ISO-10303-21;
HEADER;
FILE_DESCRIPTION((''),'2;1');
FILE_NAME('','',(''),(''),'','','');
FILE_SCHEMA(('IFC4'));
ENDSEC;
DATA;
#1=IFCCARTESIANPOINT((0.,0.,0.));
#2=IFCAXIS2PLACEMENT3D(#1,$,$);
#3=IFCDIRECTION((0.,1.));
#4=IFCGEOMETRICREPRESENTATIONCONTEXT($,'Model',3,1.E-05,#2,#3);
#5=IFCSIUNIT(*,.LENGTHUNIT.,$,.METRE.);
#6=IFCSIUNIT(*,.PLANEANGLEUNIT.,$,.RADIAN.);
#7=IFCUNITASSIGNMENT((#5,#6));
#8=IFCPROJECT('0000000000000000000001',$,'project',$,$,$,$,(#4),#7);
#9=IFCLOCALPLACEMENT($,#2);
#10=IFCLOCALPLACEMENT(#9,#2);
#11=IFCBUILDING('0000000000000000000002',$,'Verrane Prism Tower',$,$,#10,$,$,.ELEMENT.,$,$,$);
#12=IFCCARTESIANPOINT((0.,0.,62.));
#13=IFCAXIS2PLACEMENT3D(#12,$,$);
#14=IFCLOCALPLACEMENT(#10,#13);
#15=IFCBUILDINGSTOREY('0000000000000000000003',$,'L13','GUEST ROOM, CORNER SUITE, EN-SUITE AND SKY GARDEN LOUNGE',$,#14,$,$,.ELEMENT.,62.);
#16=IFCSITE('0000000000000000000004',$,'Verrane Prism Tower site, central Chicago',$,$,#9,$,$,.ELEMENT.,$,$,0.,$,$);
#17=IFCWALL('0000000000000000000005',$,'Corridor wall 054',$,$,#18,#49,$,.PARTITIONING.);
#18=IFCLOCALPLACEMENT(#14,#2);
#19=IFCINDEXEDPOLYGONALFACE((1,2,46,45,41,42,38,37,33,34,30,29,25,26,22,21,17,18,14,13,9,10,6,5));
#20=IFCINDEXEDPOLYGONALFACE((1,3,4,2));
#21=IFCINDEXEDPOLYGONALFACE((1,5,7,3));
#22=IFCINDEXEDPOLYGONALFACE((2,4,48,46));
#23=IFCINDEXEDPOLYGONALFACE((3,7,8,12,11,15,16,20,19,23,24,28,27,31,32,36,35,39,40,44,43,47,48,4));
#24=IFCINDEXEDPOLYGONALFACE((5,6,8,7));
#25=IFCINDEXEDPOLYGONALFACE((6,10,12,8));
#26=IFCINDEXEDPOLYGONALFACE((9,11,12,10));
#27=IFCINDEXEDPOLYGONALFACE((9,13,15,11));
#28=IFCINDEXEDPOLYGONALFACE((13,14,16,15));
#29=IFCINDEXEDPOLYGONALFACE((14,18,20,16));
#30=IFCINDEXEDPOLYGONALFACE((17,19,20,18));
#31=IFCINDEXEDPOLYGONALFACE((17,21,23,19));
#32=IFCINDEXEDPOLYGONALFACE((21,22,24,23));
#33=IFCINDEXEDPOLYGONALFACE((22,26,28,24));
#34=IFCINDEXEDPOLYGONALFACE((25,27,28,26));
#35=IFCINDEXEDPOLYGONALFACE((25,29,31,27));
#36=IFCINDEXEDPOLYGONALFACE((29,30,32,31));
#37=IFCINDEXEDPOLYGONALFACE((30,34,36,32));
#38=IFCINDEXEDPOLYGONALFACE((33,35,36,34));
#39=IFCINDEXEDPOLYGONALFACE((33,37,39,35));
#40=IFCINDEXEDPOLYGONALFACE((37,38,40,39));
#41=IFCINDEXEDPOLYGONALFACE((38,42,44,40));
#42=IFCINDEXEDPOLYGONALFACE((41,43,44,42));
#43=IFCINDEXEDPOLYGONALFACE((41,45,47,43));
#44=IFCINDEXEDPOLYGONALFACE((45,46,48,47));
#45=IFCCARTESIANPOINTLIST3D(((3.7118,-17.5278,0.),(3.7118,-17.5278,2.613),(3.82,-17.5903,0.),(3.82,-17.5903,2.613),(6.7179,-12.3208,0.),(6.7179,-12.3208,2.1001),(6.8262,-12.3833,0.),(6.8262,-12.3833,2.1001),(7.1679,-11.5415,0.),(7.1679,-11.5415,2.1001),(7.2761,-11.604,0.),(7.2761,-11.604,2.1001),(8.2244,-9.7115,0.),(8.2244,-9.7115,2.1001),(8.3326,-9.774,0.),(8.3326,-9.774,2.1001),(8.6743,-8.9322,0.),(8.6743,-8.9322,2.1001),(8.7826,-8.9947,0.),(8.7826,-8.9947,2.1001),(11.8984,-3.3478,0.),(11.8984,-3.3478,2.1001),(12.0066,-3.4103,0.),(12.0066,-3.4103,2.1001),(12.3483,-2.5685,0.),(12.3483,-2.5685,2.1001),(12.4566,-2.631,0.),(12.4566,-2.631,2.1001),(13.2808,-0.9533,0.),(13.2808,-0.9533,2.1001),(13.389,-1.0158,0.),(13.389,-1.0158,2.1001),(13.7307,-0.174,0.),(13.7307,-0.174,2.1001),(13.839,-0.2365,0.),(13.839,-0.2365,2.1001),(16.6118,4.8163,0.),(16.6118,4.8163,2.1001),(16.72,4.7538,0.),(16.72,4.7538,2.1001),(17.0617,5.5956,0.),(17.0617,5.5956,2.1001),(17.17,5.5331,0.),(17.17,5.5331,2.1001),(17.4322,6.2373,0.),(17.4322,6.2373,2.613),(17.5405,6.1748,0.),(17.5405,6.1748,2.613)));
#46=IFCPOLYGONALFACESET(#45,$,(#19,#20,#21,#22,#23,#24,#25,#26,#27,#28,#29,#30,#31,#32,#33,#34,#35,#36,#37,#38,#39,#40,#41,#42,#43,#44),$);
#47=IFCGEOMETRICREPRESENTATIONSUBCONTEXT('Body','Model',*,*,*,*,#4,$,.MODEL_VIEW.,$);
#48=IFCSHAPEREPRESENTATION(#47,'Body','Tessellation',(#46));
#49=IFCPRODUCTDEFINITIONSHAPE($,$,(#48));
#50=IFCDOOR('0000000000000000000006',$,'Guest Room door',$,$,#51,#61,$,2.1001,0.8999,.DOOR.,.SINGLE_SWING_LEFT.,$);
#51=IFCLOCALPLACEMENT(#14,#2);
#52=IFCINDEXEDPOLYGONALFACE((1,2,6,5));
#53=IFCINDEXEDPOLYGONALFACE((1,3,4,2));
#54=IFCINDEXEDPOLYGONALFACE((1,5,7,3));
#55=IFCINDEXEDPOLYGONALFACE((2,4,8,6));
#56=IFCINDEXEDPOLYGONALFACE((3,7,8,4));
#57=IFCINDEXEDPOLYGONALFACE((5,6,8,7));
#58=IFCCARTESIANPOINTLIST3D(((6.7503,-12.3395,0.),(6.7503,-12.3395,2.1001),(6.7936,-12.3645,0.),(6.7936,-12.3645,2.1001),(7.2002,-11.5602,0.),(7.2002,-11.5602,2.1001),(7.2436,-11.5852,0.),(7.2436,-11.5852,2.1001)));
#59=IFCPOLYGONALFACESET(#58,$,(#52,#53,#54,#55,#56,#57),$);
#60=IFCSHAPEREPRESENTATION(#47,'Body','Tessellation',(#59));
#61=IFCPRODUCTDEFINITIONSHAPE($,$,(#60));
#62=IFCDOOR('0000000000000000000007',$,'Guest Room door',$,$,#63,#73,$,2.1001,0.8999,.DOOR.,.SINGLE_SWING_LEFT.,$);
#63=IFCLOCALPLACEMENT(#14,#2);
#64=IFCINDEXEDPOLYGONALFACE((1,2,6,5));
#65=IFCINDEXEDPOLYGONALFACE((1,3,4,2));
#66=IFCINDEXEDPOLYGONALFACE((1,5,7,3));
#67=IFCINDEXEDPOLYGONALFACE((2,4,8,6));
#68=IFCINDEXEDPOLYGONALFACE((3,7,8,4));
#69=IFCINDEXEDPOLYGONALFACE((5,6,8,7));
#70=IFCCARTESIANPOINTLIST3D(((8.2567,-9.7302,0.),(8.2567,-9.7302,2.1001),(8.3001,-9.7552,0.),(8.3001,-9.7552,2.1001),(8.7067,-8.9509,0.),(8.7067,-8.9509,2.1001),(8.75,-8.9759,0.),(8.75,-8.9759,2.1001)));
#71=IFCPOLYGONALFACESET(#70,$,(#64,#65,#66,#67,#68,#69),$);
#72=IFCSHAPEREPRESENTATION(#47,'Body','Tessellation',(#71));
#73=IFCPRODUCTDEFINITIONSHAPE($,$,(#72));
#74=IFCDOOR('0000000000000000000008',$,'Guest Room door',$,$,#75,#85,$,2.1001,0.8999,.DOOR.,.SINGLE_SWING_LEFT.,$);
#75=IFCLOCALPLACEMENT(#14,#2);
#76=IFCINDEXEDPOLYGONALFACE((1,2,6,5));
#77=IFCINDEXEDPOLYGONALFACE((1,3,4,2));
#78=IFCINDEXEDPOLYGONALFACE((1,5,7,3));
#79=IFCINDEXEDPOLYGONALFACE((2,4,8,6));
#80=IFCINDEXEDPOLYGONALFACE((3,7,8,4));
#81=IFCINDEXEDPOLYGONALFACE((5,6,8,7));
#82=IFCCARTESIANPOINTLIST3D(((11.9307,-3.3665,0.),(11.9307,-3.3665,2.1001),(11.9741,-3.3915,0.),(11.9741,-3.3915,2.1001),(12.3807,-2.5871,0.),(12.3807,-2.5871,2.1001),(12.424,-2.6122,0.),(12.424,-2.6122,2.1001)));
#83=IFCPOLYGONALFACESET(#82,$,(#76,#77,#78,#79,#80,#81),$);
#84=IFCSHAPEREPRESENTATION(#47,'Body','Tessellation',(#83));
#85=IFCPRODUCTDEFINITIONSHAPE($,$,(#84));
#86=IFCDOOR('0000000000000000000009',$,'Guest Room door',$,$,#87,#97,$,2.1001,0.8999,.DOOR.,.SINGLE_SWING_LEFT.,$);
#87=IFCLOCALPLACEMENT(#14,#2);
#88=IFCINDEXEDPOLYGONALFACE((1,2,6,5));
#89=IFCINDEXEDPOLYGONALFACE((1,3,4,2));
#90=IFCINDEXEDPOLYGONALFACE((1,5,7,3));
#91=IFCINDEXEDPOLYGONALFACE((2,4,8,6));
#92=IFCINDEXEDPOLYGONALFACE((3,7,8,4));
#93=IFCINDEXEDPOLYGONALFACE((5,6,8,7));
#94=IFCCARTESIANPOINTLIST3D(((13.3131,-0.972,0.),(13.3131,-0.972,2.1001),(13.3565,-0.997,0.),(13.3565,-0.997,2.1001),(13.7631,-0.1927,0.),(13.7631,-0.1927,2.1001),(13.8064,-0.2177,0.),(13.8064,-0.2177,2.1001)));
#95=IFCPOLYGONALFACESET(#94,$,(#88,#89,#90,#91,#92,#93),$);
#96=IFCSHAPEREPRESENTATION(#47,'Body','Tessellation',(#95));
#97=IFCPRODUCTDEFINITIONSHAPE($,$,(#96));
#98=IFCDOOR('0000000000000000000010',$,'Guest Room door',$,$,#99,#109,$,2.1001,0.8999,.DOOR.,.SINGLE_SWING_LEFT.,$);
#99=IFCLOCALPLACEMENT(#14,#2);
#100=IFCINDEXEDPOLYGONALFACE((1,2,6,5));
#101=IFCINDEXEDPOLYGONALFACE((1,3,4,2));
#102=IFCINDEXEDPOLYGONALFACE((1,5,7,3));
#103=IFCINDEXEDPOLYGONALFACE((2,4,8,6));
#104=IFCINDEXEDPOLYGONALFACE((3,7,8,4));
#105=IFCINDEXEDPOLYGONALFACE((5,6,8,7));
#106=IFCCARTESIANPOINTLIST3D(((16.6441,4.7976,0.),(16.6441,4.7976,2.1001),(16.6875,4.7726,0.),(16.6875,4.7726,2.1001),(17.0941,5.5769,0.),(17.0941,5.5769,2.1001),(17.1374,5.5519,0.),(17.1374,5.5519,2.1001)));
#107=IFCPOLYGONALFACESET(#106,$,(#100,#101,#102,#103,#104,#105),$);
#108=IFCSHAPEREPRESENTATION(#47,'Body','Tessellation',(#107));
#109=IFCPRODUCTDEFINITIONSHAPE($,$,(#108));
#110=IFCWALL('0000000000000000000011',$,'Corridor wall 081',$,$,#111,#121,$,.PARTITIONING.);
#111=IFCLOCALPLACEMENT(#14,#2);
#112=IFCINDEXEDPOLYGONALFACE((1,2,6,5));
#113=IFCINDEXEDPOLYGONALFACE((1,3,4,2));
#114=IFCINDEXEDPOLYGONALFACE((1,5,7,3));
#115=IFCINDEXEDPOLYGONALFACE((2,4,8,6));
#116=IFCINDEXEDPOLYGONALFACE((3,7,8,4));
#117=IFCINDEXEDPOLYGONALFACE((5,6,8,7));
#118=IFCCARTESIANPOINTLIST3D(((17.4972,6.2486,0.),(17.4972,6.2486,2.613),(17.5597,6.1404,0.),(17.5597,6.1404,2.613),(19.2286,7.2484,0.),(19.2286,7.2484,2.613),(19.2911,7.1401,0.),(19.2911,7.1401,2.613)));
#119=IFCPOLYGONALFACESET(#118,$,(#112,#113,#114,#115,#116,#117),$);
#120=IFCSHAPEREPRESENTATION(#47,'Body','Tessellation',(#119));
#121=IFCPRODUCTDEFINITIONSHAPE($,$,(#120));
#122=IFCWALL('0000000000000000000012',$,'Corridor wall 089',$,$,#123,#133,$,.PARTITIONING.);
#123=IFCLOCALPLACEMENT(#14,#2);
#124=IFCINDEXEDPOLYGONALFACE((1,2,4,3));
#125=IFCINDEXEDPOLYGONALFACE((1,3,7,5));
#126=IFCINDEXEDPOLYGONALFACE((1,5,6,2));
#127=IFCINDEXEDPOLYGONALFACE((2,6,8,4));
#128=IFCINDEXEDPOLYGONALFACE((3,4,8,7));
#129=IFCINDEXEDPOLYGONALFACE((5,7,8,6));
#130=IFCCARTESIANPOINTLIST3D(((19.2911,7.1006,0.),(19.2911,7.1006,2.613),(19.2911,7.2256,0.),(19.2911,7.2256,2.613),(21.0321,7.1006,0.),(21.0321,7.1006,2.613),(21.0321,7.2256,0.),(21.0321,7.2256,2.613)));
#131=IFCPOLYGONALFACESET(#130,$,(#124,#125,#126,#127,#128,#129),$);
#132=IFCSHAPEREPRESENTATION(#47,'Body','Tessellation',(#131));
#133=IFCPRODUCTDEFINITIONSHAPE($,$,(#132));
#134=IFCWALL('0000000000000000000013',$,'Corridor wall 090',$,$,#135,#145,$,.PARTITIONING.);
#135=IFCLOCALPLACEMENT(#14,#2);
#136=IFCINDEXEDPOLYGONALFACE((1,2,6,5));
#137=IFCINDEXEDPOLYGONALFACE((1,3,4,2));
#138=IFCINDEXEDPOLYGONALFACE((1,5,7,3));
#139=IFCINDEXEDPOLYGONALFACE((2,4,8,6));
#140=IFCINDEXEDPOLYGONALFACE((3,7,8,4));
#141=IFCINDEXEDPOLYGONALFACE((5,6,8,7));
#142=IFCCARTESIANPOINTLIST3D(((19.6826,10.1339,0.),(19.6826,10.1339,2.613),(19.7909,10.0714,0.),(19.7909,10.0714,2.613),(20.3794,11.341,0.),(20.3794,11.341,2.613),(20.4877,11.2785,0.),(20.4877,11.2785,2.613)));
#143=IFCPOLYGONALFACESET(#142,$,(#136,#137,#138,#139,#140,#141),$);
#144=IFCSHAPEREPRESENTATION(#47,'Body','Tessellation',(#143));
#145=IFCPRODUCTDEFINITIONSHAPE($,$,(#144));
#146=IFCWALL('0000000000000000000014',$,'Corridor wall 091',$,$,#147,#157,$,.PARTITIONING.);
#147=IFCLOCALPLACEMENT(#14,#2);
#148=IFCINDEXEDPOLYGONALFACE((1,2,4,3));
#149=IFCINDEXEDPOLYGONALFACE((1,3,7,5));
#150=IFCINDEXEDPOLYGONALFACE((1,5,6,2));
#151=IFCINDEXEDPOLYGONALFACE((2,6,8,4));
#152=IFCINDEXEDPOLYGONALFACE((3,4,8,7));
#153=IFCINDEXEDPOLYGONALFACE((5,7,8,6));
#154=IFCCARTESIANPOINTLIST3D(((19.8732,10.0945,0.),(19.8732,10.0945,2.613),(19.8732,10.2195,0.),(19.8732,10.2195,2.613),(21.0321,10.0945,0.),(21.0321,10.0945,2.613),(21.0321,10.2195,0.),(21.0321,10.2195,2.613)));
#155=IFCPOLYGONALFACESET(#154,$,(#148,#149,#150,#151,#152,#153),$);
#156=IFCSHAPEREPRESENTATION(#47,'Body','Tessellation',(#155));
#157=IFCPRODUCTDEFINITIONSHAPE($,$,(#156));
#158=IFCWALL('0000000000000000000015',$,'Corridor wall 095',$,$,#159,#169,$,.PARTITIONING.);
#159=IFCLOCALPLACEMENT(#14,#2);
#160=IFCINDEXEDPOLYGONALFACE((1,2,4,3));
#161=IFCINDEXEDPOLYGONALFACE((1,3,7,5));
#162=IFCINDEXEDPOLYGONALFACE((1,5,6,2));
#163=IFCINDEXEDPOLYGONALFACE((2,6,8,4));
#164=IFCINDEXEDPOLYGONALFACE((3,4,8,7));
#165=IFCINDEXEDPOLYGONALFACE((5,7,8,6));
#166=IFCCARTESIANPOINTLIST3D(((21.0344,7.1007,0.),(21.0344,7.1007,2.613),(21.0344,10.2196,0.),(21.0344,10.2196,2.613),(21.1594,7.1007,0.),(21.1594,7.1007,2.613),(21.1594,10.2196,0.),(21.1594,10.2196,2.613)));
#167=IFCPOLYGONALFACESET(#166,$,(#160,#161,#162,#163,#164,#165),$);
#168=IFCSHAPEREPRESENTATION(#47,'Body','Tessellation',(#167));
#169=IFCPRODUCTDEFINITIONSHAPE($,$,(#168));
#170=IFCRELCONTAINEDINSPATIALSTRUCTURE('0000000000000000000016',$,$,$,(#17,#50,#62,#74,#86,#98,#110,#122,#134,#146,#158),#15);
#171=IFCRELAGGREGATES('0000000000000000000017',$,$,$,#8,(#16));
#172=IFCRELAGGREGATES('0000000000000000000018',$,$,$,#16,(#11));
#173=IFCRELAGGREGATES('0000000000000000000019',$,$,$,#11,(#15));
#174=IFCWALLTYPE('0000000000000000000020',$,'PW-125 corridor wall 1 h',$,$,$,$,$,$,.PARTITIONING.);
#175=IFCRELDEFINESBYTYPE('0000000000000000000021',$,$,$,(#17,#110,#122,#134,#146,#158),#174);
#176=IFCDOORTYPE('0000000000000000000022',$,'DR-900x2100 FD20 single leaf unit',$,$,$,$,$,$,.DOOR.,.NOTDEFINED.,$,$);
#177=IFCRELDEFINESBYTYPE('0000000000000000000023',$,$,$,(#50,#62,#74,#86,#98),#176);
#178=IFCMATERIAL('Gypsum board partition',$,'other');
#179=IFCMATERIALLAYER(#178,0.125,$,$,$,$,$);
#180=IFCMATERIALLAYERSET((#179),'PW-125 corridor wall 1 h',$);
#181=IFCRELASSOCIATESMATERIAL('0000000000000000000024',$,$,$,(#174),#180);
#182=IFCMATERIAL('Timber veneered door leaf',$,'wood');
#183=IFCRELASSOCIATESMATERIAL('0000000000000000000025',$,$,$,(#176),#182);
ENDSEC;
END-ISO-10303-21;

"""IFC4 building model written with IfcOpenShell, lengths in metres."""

from ifc_helpers import new_model, si_unit, direction, frame, frame_2d, origin, place, context, subcontext, project, spatial, rectangle, extrude, material, layer, layer_set, type_object, element, fill, save


model = new_model("IFC4")

# Units and contexts
model_context = context("Model", 3, precision=1e-05, world=origin(), true_north=direction((0.0, 1.0)))
body_context = subcontext(model_context, "Body", "Model", "MODEL_VIEW")
ifc_project = project(units=[si_unit("LENGTHUNIT", "METRE"), si_unit("PLANEANGLEUNIT", "RADIAN")], contexts=[model_context])

# Site, building, storey
site_placement = place(None, origin())
site = spatial("IfcSite", under=ifc_project, at=site_placement, Name="Verrane Prism Tower site, central Chicago", CompositionType="ELEMENT", RefElevation=0.0)
building_placement = place(site_placement, origin())
building = spatial("IfcBuilding", under=site, at=building_placement, Name="Verrane Prism Tower", CompositionType="ELEMENT")
storey_placement = place(building_placement, frame((0.0, 0.0, 62.0)))
storey = spatial("IfcBuildingStorey", under=building, at=storey_placement, Name="L13", Description="GUEST ROOM, CORNER SUITE, EN-SUITE AND SKY GARDEN LOUNGE", CompositionType="ELEMENT", Elevation=62.0)

# Wall, openings, doors
ifc_material_1 = material(Name="Gypsum board partition", Category="other")
ifc_layer_1 = layer(ifc_material_1, 0.125)
ifc_layer_set_1 = layer_set([ifc_layer_1], Name="PW-125 corridor wall 1 h")
wall_type_1 = type_object("IfcWallType", Name="PW-125 corridor wall 1 h", PredefinedType="PARTITIONING", material=ifc_layer_set_1)
wall_1_placement = place(storey_placement, frame((17.4863, 6.2061, 0.0), z_axis=(0.0, 0.0, 1.0), x_axis=(-0.49999, -0.866031, 0.0)))
wall_1 = element("IfcWall", 1, at=wall_1_placement, inside=storey, type_object=wall_type_1, Name="Corridor wall 054", PredefinedType="PARTITIONING", context=body_context, shape_type="SweptSolid", body=[
    extrude(rectangle(XDim=27.4414, YDim=0.125, at=frame_2d((13.7207, 0.0))), origin(), (0.0, 0.0, 1.0), 2.613),
])
opening_1_placement = place(wall_1_placement, frame((20.5291, 0.0, 0.0)))
opening_1 = element("IfcOpeningElement", 2, at=opening_1_placement, cuts=wall_1, PredefinedType="OPENING", context=body_context, shape_type="SweptSolid", body=[
    extrude(rectangle(XDim=0.8999, YDim=2.1001, at=frame_2d((0.45, 1.05))), frame((0.0, 0.0725, 0.0), z_axis=(0.0, -1.0, 0.0), x_axis=(1.0, 0.0, 0.0)), (0.0, 0.0, 1.0), 0.145),
])
opening_2_placement = place(wall_1_placement, frame((17.5161, 0.0, 0.0)))
opening_2 = element("IfcOpeningElement", 3, at=opening_2_placement, cuts=wall_1, PredefinedType="OPENING", context=body_context, shape_type="SweptSolid", body=[
    extrude(rectangle(XDim=0.8999, YDim=2.1001, at=frame_2d((0.45, 1.05))), frame((0.0, 0.0725, 0.0), z_axis=(0.0, -1.0, 0.0), x_axis=(1.0, 0.0, 0.0)), (0.0, 0.0, 1.0), 0.145),
])
opening_3_placement = place(wall_1_placement, frame((10.168, 0.0, 0.0)))
opening_3 = element("IfcOpeningElement", 4, at=opening_3_placement, cuts=wall_1, PredefinedType="OPENING", context=body_context, shape_type="SweptSolid", body=[
    extrude(rectangle(XDim=0.8999, YDim=2.1001, at=frame_2d((0.45, 1.05))), frame((0.0, 0.0725, 0.0), z_axis=(0.0, -1.0, 0.0), x_axis=(1.0, 0.0, 0.0)), (0.0, 0.0, 1.0), 0.145),
])
opening_4_placement = place(wall_1_placement, frame((7.4031, 0.0, 0.0)))
opening_4 = element("IfcOpeningElement", 5, at=opening_4_placement, cuts=wall_1, PredefinedType="OPENING", context=body_context, shape_type="SweptSolid", body=[
    extrude(rectangle(XDim=0.8999, YDim=2.1001, at=frame_2d((0.45, 1.05))), frame((0.0, 0.0725, 0.0), z_axis=(0.0, -1.0, 0.0), x_axis=(1.0, 0.0, 0.0)), (0.0, 0.0, 1.0), 0.145),
])
opening_5_placement = place(wall_1_placement, frame((0.741, 0.0, 0.0)))
opening_5 = element("IfcOpeningElement", 6, at=opening_5_placement, cuts=wall_1, PredefinedType="OPENING", context=body_context, shape_type="SweptSolid", body=[
    extrude(rectangle(XDim=0.8999, YDim=2.1001, at=frame_2d((0.45, 1.05))), frame((0.0, 0.0725, 0.0), z_axis=(0.0, -1.0, 0.0), x_axis=(1.0, 0.0, 0.0)), (0.0, 0.0, 1.0), 0.145),
])
ifc_material_2 = material(Name="Timber veneered door leaf", Category="wood")
door_type_1 = type_object("IfcDoorType", Name="DR-900x2100 FD20 single leaf unit", OperationType="NOTDEFINED", PredefinedType="DOOR", material=ifc_material_2)
door_1_placement = place(opening_1_placement, origin())
door_1 = element("IfcDoor", 7, at=door_1_placement, inside=storey, type_object=door_type_1, Name="Guest Room door", OperationType="SINGLE_SWING_LEFT", OverallHeight=2.1001, OverallWidth=0.8999, PredefinedType="DOOR", context=body_context, shape_type="SweptSolid", body=[
    extrude(rectangle(XDim=0.8999, YDim=2.1001, at=frame_2d((0.45, 1.05))), frame((0.0, 0.0249, 0.0), z_axis=(0.0, -1.0, 0.0), x_axis=(1.0, 0.0, 0.0)), (0.0, 0.0, 1.0), 0.05),
])
fill(opening_1, door_1)
door_2_placement = place(opening_2_placement, origin())
door_2 = element("IfcDoor", 8, at=door_2_placement, inside=storey, type_object=door_type_1, Name="Guest Room door", OperationType="SINGLE_SWING_LEFT", OverallHeight=2.1001, OverallWidth=0.8999, PredefinedType="DOOR", context=body_context, shape_type="SweptSolid", body=[
    extrude(rectangle(XDim=0.8999, YDim=2.1001, at=frame_2d((0.45, 1.05))), frame((0.0, 0.0249, 0.0), z_axis=(0.0, -1.0, 0.0), x_axis=(1.0, 0.0, 0.0)), (0.0, 0.0, 1.0), 0.05),
])
fill(opening_2, door_2)
door_3_placement = place(opening_3_placement, origin())
door_3 = element("IfcDoor", 9, at=door_3_placement, inside=storey, type_object=door_type_1, Name="Guest Room door", OperationType="SINGLE_SWING_LEFT", OverallHeight=2.1001, OverallWidth=0.8999, PredefinedType="DOOR", context=body_context, shape_type="SweptSolid", body=[
    extrude(rectangle(XDim=0.8999, YDim=2.1001, at=frame_2d((0.45, 1.05))), frame((0.0, 0.0249, 0.0), z_axis=(0.0, -1.0, 0.0), x_axis=(1.0, 0.0, 0.0)), (0.0, 0.0, 1.0), 0.05),
])
fill(opening_3, door_3)
door_4_placement = place(opening_4_placement, origin())
door_4 = element("IfcDoor", 10, at=door_4_placement, inside=storey, type_object=door_type_1, Name="Guest Room door", OperationType="SINGLE_SWING_LEFT", OverallHeight=2.1001, OverallWidth=0.8999, PredefinedType="DOOR", context=body_context, shape_type="SweptSolid", body=[
    extrude(rectangle(XDim=0.8999, YDim=2.1001, at=frame_2d((0.45, 1.05))), frame((0.0, 0.0249, 0.0), z_axis=(0.0, -1.0, 0.0), x_axis=(1.0, 0.0, 0.0)), (0.0, 0.0, 1.0), 0.05),
])
fill(opening_4, door_4)
door_5_placement = place(opening_5_placement, origin())
door_5 = element("IfcDoor", 11, at=door_5_placement, inside=storey, type_object=door_type_1, Name="Guest Room door", OperationType="SINGLE_SWING_LEFT", OverallHeight=2.1001, OverallWidth=0.8999, PredefinedType="DOOR", context=body_context, shape_type="SweptSolid", body=[
    extrude(rectangle(XDim=0.8999, YDim=2.1001, at=frame_2d((0.45, 1.05))), frame((0.0, 0.0249, 0.0), z_axis=(0.0, -1.0, 0.0), x_axis=(1.0, 0.0, 0.0)), (0.0, 0.0, 1.0), 0.05),
])
fill(opening_5, door_5)

# Walls
wall_2_placement = place(storey_placement, frame((17.5286, 6.1946, 0.0), z_axis=(0.0, 0.0, 1.0), x_axis=(0.866003, 0.50004, 0.0)))
element("IfcWall", 12, at=wall_2_placement, inside=storey, type_object=wall_type_1, Name="Corridor wall 081", PredefinedType="PARTITIONING", context=body_context, shape_type="SweptSolid", body=[
    extrude(rectangle(XDim=1.9993, YDim=0.125, at=frame_2d((0.9995, 0.0))), origin(), (0.0, 0.0, 1.0), 2.613),
])
wall_3_placement = place(storey_placement, frame((19.291, 7.1631, 0.0), z_axis=(0.0, 0.0, 1.0), x_axis=(1.0, 0.0, 0.0)))
element("IfcWall", 13, at=wall_3_placement, inside=storey, type_object=wall_type_1, Name="Corridor wall 089", PredefinedType="PARTITIONING", context=body_context, shape_type="SweptSolid", body=[
    extrude(rectangle(XDim=1.741, YDim=0.125, at=frame_2d((0.8706, 0.0))), origin(), (0.0, 0.0, 1.0), 2.613),
])
wall_4_placement = place(storey_placement, frame((19.7368, 10.1028, 0.0), z_axis=(0.0, 0.0, 1.0), x_axis=(0.499945, 0.866057, 0.0)))
element("IfcWall", 14, at=wall_4_placement, inside=storey, type_object=wall_type_1, Name="Corridor wall 090", PredefinedType="PARTITIONING", context=body_context, shape_type="SweptSolid", body=[
    extrude(rectangle(XDim=1.3938, YDim=0.125, at=frame_2d((0.6968, 0.0))), origin(), (0.0, 0.0, 1.0), 2.613),
])
wall_5_placement = place(storey_placement, frame((19.873, 10.157, 0.0), z_axis=(0.0, 0.0, 1.0), x_axis=(1.0, 0.0, 0.0)))
element("IfcWall", 15, at=wall_5_placement, inside=storey, type_object=wall_type_1, Name="Corridor wall 091", PredefinedType="PARTITIONING", context=body_context, shape_type="SweptSolid", body=[
    extrude(rectangle(XDim=1.1589, YDim=0.125, at=frame_2d((0.5796, 0.0))), origin(), (0.0, 0.0, 1.0), 2.613),
])
wall_6_placement = place(storey_placement, frame((21.0969, 7.1006, 0.0), z_axis=(0.0, 0.0, 1.0), x_axis=(0.0, 1.0, 0.0)))
element("IfcWall", 16, at=wall_6_placement, inside=storey, type_object=wall_type_1, Name="Corridor wall 095", PredefinedType="PARTITIONING", context=body_context, shape_type="SweptSolid", body=[
    extrude(rectangle(XDim=3.1189, YDim=0.125, at=frame_2d((1.5596, 0.0))), origin(), (0.0, 0.0, 1.0), 2.613),
])

save(model, "model.ifc")
